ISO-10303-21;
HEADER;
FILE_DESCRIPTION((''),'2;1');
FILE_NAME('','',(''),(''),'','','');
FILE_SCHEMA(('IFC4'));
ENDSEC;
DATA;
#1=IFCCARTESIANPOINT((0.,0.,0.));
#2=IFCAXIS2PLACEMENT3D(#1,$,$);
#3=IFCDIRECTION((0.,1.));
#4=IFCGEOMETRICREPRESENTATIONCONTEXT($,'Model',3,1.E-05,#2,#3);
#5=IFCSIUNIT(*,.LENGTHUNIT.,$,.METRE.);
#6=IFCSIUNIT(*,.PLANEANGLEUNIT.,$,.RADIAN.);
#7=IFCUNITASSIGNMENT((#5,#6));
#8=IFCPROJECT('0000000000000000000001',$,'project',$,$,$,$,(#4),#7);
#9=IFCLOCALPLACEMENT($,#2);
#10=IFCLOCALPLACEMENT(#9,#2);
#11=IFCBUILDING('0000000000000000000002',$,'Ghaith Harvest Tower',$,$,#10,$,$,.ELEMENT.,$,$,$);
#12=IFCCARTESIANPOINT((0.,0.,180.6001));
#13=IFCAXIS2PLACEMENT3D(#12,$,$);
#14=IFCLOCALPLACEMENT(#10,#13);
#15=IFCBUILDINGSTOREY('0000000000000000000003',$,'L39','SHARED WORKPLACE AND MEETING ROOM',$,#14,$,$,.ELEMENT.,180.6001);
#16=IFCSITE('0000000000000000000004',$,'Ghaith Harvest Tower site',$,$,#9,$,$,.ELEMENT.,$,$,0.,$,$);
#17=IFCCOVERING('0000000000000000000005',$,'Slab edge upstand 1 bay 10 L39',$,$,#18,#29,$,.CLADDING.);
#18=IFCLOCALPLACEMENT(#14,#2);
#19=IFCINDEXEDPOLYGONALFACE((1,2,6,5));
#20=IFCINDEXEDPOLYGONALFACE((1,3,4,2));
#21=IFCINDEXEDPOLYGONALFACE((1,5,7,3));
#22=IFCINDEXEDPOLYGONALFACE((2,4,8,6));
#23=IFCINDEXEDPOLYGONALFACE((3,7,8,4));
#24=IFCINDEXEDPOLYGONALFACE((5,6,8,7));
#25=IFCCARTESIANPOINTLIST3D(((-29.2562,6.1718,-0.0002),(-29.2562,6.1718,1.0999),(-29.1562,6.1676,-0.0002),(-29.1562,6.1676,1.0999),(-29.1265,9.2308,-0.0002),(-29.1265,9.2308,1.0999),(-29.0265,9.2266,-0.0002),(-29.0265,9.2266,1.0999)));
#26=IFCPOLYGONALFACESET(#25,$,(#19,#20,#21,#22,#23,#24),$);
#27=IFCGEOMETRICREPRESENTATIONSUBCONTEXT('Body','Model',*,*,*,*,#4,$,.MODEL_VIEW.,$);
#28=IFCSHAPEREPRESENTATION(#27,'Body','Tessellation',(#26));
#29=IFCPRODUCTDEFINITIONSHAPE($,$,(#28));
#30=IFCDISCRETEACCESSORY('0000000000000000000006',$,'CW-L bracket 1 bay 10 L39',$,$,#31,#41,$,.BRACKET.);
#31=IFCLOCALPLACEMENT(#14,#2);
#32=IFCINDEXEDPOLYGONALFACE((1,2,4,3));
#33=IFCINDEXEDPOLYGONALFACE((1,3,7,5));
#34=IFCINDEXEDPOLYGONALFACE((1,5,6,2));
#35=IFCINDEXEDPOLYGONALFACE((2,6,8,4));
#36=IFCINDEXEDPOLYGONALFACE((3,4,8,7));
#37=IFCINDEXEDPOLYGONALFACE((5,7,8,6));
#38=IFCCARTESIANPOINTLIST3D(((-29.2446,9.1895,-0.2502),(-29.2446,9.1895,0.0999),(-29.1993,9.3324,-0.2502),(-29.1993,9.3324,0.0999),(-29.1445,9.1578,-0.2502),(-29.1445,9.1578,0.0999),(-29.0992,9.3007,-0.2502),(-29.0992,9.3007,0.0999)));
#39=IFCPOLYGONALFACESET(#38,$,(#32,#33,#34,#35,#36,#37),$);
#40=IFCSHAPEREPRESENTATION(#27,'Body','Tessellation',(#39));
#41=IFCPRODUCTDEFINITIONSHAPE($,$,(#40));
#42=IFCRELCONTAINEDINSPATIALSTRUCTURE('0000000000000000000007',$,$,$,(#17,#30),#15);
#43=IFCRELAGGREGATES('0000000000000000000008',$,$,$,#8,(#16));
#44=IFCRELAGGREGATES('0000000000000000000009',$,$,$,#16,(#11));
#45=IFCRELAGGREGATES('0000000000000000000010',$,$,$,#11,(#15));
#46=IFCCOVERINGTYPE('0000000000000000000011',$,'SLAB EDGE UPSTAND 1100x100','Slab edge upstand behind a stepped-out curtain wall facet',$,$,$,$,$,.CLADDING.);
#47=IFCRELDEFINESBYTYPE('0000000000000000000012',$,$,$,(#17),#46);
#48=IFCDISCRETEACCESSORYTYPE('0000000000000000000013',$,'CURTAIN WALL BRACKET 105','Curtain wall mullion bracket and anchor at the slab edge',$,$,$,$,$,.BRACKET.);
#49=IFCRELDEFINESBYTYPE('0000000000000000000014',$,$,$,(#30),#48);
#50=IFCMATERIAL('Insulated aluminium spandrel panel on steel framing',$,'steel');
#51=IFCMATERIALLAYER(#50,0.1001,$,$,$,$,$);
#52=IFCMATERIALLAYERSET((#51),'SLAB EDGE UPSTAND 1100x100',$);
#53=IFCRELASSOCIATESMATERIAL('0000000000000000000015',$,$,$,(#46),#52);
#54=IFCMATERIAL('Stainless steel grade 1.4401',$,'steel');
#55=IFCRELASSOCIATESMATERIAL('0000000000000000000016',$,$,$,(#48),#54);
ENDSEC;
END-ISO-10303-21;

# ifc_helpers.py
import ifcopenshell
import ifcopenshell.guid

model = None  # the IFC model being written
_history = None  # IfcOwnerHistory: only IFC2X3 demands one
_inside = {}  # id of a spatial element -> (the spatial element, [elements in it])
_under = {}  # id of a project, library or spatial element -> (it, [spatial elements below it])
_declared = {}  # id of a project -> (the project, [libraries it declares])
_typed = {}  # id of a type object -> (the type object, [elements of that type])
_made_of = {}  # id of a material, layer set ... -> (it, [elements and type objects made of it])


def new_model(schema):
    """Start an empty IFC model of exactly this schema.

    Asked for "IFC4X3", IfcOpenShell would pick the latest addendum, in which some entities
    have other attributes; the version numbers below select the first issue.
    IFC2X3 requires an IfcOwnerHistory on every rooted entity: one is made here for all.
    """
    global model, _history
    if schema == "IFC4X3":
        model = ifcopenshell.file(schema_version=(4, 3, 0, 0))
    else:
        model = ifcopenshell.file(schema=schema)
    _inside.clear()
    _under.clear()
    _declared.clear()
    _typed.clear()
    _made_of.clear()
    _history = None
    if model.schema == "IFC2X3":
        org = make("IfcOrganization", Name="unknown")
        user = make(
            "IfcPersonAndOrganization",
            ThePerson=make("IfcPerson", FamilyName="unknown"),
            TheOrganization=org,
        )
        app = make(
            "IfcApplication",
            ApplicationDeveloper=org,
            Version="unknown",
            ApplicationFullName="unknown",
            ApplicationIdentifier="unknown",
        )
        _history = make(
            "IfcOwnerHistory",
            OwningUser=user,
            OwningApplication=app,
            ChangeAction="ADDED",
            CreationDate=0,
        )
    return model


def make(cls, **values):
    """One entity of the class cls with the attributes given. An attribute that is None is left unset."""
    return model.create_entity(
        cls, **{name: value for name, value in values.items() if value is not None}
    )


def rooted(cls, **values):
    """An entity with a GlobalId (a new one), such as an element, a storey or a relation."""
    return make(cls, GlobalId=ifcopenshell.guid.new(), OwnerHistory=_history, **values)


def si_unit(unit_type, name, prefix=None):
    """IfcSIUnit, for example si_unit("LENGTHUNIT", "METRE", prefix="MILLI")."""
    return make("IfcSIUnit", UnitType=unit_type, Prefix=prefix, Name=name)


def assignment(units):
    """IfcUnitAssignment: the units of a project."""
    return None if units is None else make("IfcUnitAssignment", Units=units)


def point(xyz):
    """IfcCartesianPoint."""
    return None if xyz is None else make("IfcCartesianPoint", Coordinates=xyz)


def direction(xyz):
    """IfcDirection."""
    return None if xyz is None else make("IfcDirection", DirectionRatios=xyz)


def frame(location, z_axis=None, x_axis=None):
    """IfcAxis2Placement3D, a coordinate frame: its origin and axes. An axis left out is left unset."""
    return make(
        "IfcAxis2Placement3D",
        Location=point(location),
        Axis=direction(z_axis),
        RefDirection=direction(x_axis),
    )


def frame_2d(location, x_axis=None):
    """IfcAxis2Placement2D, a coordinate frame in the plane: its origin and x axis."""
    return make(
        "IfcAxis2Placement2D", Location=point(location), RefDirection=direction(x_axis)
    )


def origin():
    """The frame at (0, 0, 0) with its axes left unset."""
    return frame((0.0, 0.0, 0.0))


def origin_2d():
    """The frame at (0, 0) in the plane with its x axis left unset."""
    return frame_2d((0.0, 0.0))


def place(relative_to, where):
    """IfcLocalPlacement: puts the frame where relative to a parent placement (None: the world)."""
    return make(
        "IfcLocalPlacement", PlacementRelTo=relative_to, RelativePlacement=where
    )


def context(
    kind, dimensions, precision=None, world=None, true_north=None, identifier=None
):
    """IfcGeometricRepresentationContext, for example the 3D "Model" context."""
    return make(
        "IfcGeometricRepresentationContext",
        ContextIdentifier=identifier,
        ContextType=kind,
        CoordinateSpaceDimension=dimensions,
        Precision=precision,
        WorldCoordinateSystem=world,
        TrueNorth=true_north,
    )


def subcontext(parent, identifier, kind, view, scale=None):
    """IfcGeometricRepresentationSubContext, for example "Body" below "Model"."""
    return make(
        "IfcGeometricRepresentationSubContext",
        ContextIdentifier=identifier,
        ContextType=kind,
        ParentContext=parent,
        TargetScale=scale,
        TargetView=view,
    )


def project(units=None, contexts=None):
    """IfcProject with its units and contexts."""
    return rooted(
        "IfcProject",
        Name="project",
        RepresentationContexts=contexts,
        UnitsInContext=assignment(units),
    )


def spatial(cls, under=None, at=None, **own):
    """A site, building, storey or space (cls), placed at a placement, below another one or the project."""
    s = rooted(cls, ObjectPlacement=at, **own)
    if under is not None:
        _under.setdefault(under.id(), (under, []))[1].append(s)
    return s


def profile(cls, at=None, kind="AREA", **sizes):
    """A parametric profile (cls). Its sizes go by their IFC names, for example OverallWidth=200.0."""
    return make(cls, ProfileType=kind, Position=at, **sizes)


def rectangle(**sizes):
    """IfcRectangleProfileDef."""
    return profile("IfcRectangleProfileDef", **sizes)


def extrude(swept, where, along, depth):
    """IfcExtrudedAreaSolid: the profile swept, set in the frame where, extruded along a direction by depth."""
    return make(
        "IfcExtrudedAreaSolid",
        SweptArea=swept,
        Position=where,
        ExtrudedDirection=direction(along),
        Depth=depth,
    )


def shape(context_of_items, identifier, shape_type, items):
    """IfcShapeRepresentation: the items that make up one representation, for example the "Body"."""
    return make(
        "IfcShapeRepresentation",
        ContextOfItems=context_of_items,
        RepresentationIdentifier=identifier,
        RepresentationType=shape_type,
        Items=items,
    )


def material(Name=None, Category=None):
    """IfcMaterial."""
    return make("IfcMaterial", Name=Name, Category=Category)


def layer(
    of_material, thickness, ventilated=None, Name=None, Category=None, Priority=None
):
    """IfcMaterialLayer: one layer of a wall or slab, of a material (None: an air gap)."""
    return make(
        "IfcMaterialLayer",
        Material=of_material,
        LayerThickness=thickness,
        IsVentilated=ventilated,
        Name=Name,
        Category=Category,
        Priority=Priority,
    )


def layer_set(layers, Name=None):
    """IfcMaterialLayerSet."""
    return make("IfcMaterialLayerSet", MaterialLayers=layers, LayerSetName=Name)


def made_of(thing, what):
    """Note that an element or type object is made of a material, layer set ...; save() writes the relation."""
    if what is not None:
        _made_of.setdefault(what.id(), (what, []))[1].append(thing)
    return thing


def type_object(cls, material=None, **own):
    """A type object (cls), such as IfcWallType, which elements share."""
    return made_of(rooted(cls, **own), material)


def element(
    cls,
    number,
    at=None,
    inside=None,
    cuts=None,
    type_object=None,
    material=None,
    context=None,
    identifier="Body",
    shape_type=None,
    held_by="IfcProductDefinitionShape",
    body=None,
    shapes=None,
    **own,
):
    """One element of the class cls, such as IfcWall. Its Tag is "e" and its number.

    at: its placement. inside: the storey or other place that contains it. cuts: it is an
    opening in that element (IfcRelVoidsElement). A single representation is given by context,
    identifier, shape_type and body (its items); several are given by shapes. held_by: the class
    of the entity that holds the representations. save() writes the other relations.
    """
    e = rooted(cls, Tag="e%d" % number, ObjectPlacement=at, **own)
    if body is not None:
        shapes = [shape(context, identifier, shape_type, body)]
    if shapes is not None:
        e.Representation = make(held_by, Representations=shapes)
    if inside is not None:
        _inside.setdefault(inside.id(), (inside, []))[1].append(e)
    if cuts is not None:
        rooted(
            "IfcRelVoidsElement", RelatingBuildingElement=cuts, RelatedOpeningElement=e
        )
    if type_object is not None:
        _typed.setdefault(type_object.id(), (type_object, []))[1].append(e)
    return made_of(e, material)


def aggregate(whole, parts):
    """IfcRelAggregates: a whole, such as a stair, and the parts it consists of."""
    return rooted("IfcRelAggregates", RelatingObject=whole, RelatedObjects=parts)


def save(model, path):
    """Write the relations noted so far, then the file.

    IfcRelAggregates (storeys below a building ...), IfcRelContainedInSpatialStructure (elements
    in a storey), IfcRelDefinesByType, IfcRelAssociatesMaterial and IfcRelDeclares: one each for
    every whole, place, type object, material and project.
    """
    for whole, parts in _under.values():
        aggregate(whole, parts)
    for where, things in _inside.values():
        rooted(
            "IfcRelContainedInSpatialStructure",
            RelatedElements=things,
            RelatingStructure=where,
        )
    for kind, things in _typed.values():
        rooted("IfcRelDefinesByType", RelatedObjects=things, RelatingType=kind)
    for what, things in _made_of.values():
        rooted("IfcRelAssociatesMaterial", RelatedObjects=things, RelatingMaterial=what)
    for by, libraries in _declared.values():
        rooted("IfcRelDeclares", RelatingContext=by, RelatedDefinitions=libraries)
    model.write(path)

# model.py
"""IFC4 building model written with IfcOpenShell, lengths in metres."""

from ifc_helpers import new_model, si_unit, direction, frame, origin, origin_2d, place, context, subcontext, project, spatial, rectangle, extrude, material, layer, layer_set, type_object, element, save


model = new_model("IFC4")

# Units and contexts
model_context = context("Model", 3, precision=1e-05, world=origin(), true_north=direction((0.0, 1.0)))
body_context = subcontext(model_context, "Body", "Model", "MODEL_VIEW")
ifc_project = project(units=[si_unit("LENGTHUNIT", "METRE"), si_unit("PLANEANGLEUNIT", "RADIAN")], contexts=[model_context])

# Site, building, storey
site_placement = place(None, origin())
site = spatial("IfcSite", under=ifc_project, at=site_placement, Name="Ghaith Harvest Tower site", CompositionType="ELEMENT", RefElevation=0.0)
building_placement = place(site_placement, origin())
building = spatial("IfcBuilding", under=site, at=building_placement, Name="Ghaith Harvest Tower", CompositionType="ELEMENT")
storey_placement = place(building_placement, frame((0.0, 0.0, 180.6001)))
storey = spatial("IfcBuildingStorey", under=building, at=storey_placement, Name="L39", Description="SHARED WORKPLACE AND MEETING ROOM", CompositionType="ELEMENT", Elevation=180.6001)

# Covering
ifc_material_1 = material(Name="Insulated aluminium spandrel panel on steel framing", Category="steel")
ifc_layer_1 = layer(ifc_material_1, 0.1001)
ifc_layer_set_1 = layer_set([ifc_layer_1], Name="SLAB EDGE UPSTAND 1100x100")
covering_type = type_object("IfcCoveringType", Name="SLAB EDGE UPSTAND 1100x100", Description="Slab edge upstand behind a stepped-out curtain wall facet", PredefinedType="CLADDING", material=ifc_layer_set_1)
covering_1_placement = place(storey_placement, frame((-29.1414, 7.6992, -0.0002), z_axis=(0.0, 0.0, 1.0), x_axis=(-0.042373, -0.999102, 0.0)))
element("IfcCovering", 1, at=covering_1_placement, inside=storey, type_object=covering_type, Name="Slab edge upstand 1 bay 10 L39", PredefinedType="CLADDING", context=body_context, shape_type="SweptSolid", body=[
    extrude(rectangle(XDim=3.0618, YDim=0.1001, at=origin_2d()), origin(), (0.0, 0.0, 1.0), 1.1001),
])

# Discrete accessory
ifc_material_2 = material(Name="Stainless steel grade 1.4401", Category="steel")
discrete_accessory_type = type_object("IfcDiscreteAccessoryType", Name="CURTAIN WALL BRACKET 105", Description="Curtain wall mullion bracket and anchor at the slab edge", PredefinedType="BRACKET", material=ifc_material_2)
discrete_accessory_placement = place(storey_placement, frame((-29.1719, 9.2451, -0.2502), z_axis=(0.0, 0.0, 1.0), x_axis=(-0.953273, 0.30211, 0.0)))
element("IfcDiscreteAccessory", 2, at=discrete_accessory_placement, inside=storey, type_object=discrete_accessory_type, Name="CW-L bracket 1 bay 10 L39", PredefinedType="BRACKET", context=body_context, shape_type="SweptSolid", body=[
    extrude(rectangle(XDim=0.105, YDim=0.1499, at=origin_2d()), origin(), (0.0, 0.0, 1.0), 0.3501),
])

save(model, "model.ifc")
